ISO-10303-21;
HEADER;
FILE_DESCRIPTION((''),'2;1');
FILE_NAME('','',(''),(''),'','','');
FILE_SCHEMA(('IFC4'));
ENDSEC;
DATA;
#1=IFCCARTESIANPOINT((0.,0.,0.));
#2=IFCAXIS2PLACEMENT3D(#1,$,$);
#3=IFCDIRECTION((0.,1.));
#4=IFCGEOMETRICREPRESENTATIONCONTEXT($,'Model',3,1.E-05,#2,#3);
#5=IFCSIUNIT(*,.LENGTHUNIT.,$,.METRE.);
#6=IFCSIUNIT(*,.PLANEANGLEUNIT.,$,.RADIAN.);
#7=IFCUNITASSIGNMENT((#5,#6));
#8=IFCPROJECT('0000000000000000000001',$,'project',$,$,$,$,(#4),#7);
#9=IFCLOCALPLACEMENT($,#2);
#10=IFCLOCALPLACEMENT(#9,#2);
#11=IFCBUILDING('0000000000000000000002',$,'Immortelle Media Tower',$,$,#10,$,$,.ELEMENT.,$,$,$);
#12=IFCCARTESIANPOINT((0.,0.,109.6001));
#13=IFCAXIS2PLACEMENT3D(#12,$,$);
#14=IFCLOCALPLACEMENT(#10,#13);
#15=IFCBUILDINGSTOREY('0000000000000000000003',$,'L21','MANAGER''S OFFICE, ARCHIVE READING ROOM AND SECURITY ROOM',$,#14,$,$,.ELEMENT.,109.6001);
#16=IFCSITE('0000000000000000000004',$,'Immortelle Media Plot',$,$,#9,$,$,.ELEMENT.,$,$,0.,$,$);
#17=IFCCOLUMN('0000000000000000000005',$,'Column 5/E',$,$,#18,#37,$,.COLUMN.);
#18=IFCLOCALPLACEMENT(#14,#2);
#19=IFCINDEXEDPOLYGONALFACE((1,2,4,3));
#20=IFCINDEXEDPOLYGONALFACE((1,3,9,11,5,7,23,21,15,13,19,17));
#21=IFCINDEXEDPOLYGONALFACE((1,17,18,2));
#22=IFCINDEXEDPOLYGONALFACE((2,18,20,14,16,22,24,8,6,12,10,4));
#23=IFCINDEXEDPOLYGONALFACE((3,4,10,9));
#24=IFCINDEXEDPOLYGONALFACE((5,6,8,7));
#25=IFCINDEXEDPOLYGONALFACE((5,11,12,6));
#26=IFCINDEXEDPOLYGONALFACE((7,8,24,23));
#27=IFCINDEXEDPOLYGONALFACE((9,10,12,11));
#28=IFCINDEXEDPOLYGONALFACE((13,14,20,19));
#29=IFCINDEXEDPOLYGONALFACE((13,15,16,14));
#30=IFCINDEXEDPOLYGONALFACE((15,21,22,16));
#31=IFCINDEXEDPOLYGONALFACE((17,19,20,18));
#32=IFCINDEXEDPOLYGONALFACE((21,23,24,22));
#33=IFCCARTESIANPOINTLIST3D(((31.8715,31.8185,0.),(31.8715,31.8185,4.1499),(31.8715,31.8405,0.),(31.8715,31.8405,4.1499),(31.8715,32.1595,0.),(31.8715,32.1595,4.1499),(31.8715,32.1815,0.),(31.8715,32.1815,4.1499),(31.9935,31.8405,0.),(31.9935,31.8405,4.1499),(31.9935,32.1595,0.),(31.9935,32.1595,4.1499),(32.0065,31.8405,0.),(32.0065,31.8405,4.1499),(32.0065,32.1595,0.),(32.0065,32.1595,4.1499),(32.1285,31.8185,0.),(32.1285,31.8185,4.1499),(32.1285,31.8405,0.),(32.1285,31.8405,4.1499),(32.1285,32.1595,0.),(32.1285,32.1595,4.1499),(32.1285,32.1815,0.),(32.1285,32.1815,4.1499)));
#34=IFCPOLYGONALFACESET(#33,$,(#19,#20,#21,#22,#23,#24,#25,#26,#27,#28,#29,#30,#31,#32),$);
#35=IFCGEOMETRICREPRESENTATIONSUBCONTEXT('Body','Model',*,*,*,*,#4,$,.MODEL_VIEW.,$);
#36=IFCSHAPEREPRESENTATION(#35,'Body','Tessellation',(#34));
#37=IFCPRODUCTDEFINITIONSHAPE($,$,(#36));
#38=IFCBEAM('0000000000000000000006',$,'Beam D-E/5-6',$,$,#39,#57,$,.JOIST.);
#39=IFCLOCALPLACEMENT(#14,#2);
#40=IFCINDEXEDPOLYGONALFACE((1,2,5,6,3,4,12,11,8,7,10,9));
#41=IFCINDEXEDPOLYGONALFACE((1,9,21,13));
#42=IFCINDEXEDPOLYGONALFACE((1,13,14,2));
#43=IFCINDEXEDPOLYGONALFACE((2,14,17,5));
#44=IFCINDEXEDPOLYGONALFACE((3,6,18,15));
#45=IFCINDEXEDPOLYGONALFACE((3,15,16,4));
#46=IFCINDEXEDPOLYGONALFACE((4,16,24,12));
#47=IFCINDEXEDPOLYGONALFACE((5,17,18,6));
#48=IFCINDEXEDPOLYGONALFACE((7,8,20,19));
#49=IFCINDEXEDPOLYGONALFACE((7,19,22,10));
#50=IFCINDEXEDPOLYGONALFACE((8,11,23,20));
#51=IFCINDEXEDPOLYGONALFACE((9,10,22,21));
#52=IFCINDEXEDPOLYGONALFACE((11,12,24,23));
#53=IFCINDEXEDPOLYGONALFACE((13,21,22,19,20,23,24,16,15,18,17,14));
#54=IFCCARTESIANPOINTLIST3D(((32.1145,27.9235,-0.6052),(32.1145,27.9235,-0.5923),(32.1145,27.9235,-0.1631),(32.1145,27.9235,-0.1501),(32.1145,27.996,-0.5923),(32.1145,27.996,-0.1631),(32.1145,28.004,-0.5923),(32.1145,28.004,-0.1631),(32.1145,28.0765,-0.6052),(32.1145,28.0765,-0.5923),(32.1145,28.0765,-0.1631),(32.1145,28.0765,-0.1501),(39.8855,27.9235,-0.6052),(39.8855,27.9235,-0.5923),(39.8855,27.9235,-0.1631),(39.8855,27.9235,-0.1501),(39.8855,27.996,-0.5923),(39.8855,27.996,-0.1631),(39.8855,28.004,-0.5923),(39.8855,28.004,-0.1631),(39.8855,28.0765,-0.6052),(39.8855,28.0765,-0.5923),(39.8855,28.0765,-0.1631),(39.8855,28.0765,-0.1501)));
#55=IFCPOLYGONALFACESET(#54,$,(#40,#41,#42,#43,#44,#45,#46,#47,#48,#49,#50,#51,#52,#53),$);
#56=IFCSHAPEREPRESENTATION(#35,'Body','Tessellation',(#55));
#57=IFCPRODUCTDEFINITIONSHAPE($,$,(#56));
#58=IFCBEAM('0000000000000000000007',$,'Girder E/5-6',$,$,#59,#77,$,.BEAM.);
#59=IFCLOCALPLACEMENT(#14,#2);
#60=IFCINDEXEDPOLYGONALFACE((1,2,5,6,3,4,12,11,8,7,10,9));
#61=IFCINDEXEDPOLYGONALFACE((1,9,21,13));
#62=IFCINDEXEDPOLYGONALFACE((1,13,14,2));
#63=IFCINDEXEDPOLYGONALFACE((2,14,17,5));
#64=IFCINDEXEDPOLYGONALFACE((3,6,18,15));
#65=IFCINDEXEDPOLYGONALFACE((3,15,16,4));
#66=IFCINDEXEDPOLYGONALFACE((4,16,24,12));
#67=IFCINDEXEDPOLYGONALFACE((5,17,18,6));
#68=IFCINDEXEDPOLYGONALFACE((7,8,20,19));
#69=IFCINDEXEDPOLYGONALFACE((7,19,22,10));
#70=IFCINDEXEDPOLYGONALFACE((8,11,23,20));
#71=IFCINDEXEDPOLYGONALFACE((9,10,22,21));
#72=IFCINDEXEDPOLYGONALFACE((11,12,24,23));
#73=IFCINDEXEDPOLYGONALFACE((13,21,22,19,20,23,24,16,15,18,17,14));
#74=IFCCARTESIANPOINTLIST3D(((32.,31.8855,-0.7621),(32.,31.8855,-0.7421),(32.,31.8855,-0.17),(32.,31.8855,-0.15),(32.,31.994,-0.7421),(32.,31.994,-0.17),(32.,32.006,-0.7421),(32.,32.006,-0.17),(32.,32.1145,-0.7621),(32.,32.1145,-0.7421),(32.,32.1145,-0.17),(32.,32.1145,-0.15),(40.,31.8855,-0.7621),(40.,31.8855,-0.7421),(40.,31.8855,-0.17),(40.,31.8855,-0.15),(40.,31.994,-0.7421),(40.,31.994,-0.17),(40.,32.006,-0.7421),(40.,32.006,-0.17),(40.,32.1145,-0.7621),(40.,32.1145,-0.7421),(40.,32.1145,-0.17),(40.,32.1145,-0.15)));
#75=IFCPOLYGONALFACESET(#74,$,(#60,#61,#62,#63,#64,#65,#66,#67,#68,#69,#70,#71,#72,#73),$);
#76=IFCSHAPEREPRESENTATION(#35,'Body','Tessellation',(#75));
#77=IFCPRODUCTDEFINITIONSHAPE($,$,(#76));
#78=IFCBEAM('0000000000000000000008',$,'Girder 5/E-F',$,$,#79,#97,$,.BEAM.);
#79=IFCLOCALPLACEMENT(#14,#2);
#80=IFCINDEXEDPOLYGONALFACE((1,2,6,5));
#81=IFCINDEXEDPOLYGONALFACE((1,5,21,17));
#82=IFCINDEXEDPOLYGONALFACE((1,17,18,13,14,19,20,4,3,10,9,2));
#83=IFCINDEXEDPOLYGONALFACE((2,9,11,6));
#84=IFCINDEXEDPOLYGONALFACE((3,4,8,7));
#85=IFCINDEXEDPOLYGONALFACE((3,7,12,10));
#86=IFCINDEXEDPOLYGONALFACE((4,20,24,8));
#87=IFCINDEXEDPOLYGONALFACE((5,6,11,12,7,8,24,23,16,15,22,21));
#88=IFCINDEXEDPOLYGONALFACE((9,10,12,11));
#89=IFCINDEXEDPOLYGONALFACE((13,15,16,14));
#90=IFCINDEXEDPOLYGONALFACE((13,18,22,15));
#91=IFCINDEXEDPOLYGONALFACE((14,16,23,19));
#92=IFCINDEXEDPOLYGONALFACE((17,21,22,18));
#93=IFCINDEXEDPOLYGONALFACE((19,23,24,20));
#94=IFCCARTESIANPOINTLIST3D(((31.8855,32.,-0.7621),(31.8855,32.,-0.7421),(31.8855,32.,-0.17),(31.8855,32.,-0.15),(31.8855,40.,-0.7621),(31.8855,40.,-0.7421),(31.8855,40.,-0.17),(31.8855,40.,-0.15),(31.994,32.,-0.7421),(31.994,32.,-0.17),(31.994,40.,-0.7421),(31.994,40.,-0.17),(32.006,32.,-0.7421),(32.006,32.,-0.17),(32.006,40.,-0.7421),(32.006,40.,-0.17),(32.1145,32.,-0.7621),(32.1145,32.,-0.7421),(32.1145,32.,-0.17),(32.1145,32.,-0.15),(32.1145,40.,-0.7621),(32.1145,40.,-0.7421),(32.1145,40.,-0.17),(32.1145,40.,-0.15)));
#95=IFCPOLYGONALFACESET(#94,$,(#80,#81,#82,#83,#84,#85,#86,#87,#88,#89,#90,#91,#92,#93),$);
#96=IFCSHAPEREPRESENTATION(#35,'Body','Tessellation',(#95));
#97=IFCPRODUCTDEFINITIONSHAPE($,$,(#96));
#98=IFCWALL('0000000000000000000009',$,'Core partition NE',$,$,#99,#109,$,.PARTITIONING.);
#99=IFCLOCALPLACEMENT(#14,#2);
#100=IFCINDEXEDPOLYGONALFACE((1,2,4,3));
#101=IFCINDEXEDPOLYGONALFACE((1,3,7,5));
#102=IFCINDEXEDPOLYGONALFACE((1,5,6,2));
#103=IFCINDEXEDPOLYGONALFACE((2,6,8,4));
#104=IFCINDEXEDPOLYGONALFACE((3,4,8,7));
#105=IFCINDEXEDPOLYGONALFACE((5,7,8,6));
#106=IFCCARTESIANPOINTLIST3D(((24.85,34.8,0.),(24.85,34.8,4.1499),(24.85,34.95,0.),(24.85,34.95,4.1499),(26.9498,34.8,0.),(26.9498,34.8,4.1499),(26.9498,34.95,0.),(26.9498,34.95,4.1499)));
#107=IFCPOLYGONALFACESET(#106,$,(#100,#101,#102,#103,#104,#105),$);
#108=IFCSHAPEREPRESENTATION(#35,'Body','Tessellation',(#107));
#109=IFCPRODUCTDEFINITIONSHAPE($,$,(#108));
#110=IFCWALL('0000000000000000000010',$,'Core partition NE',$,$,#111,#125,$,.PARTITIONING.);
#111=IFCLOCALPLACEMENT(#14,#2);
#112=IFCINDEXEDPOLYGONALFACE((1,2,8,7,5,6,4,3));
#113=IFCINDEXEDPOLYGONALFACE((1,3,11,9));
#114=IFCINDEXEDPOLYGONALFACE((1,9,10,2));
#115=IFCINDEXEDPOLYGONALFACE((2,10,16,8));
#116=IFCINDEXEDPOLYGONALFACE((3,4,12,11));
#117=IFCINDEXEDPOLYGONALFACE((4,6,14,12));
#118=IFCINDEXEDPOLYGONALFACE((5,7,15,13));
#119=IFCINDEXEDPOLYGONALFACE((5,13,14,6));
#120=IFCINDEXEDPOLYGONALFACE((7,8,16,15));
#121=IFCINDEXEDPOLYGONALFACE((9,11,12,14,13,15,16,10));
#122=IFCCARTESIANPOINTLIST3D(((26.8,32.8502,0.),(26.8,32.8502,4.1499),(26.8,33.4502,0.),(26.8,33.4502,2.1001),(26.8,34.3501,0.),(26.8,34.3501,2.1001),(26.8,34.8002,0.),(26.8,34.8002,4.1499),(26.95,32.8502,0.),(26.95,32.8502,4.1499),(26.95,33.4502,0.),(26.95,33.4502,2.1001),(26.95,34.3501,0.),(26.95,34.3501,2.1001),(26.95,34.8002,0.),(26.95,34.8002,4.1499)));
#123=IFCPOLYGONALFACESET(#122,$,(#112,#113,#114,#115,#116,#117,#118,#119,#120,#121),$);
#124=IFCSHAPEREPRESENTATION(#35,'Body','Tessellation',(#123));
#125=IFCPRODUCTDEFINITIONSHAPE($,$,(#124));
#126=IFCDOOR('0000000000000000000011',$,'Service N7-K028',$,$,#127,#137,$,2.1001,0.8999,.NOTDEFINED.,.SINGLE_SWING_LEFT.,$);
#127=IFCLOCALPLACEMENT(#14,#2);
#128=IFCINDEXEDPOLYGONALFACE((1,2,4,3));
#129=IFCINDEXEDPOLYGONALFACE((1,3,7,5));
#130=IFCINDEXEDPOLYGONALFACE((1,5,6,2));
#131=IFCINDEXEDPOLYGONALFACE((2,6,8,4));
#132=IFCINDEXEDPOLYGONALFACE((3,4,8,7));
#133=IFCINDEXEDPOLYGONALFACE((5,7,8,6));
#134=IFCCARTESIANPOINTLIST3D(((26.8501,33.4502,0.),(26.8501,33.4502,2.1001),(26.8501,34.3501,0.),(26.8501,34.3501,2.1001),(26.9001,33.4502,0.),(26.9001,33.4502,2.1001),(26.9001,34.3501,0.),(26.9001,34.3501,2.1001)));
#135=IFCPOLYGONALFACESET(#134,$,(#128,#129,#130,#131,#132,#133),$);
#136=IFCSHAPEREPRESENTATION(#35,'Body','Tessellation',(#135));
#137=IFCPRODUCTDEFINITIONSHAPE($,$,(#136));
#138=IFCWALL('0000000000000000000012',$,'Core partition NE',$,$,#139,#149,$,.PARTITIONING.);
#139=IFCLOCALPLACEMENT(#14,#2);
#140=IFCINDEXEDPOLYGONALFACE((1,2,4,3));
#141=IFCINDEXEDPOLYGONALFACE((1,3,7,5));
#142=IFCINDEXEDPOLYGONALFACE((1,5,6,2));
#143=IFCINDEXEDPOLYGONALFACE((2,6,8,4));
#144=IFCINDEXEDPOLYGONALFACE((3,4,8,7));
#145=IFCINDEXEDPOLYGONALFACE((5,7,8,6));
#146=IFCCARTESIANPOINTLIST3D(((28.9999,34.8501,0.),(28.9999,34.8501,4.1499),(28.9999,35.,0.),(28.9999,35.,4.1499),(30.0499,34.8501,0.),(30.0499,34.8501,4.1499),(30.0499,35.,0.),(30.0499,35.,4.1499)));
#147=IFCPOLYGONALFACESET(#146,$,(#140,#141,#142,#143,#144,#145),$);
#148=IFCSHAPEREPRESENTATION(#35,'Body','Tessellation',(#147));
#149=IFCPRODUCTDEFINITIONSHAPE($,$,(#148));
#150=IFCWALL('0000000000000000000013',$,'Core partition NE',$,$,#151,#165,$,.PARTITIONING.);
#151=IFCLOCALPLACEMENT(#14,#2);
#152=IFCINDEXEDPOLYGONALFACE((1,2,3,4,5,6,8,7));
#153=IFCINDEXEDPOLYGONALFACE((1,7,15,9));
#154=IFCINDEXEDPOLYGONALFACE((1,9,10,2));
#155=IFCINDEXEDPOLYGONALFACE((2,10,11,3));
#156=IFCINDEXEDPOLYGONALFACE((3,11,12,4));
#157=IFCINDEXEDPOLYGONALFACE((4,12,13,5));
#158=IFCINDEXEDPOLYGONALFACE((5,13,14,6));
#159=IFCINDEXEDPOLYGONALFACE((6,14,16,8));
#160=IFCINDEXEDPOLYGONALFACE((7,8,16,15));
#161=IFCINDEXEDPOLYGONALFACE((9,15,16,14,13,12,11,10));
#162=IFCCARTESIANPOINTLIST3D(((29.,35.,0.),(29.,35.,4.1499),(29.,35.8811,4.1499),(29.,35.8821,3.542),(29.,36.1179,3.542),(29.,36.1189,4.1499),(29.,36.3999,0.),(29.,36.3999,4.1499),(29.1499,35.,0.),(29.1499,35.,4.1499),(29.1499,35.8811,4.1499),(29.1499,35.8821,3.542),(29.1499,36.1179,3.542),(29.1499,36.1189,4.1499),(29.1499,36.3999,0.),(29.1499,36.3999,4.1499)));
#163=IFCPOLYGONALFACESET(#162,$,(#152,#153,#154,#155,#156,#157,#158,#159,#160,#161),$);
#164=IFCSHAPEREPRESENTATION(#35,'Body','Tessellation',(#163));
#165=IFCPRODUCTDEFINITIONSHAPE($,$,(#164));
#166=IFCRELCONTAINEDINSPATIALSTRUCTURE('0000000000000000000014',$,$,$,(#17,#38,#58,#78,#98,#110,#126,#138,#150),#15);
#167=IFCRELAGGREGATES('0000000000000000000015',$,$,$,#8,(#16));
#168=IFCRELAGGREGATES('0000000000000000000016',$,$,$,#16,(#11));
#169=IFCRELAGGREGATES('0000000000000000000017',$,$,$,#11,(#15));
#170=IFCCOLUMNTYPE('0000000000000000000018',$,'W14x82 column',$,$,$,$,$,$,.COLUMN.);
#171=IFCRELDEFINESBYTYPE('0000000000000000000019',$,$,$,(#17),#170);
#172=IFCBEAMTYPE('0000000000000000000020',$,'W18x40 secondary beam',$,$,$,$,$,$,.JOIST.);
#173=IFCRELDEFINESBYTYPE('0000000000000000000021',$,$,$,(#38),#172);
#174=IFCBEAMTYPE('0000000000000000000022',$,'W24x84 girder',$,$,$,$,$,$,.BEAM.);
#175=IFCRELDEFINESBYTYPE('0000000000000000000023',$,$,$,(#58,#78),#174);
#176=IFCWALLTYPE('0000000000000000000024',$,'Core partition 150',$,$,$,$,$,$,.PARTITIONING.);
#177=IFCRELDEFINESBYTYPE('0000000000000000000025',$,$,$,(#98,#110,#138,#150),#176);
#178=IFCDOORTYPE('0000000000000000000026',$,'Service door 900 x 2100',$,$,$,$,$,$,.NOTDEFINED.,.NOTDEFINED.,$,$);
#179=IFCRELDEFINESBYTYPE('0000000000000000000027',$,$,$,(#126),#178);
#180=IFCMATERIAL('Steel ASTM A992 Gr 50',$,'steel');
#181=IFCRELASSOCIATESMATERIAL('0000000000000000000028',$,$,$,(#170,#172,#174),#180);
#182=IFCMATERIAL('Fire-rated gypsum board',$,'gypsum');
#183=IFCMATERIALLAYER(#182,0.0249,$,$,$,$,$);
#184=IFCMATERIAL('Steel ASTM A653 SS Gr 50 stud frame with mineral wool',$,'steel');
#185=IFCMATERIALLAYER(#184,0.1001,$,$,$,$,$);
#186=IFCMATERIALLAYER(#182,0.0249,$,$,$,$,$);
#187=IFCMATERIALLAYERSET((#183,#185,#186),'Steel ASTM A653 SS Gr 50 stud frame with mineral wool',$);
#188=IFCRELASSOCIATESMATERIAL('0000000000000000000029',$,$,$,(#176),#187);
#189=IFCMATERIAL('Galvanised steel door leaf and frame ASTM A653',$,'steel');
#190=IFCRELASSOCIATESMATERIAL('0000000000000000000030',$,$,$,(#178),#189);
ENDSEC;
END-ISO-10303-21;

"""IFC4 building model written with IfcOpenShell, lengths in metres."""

from ifc_helpers import new_model, si_unit, direction, frame, frame_2d, origin, origin_2d, place, context, subcontext, project, spatial, polyline, rectangle, i_section, outline, extrude, material, layer, layer_set, material_profile, profile_set, type_object, element, fill, save


model = new_model("IFC4")

# Units and contexts
model_context = context("Model", 3, precision=1e-05, world=origin(), true_north=direction((0.0, 1.0)))
body_context = subcontext(model_context, "Body", "Model", "MODEL_VIEW")
ifc_project = project(units=[si_unit("LENGTHUNIT", "METRE"), si_unit("PLANEANGLEUNIT", "RADIAN")], contexts=[model_context])

# Site, building, storey
site_placement = place(None, origin())
site = spatial("IfcSite", under=ifc_project, at=site_placement, Name="Immortelle Media Plot", CompositionType="ELEMENT", RefElevation=0.0)
building_placement = place(site_placement, origin())
building = spatial("IfcBuilding", under=site, at=building_placement, Name="Immortelle Media Tower", CompositionType="ELEMENT")
storey_placement = place(building_placement, frame((0.0, 0.0, 109.6001)))
storey = spatial("IfcBuildingStorey", under=building, at=storey_placement, Name="L21", Description="MANAGER'S OFFICE, ARCHIVE READING ROOM AND SECURITY ROOM", CompositionType="ELEMENT", Elevation=109.6001)

# Column
ifc_material_1 = material(Name="Steel ASTM A992 Gr 50", Category="steel")
ifc_material_profile_1 = material_profile(ifc_material_1, i_section(OverallWidth=0.2571, OverallDepth=0.363, WebThickness=0.0129, FlangeThickness=0.022, at=origin_2d()), Name="W14x82")
ifc_profile_set_1 = profile_set([ifc_material_profile_1], Name="Steel ASTM A992 Gr 50")
column_type = type_object("IfcColumnType", Name="W14x82 column", PredefinedType="COLUMN", material=ifc_profile_set_1)
column_placement = place(storey_placement, frame((32.0, 32.0, 0.0), z_axis=(0.0, 0.0, 1.0), x_axis=(1.0, 0.0, 0.0)))
element("IfcColumn", 1, at=column_placement, inside=storey, type_object=column_type, Name="Column 5/E", PredefinedType="COLUMN", context=body_context, shape_type="SweptSolid", body=[
    extrude(i_section(OverallWidth=0.2571, OverallDepth=0.363, WebThickness=0.0129, FlangeThickness=0.022, at=origin_2d()), origin(), (0.0, 0.0, 1.0), 4.1499),
])

# Beams
ifc_material_profile_2 = material_profile(ifc_material_1, i_section(OverallWidth=0.1531, OverallDepth=0.4551, WebThickness=0.0081, FlangeThickness=0.0129, at=origin_2d()), Name="W18x40")
ifc_profile_set_2 = profile_set([ifc_material_profile_2], Name="Steel ASTM A992 Gr 50")
beam_type_1 = type_object("IfcBeamType", Name="W18x40 secondary beam", PredefinedType="JOIST", material=ifc_profile_set_2)
beam_placement = place(storey_placement, frame((32.1145, 28.0, -0.3777), z_axis=(1.0, 0.0, 0.0), x_axis=(0.0, 1.0, 0.0)))
element("IfcBeam", 2, at=beam_placement, inside=storey, type_object=beam_type_1, Name="Beam D-E/5-6", PredefinedType="JOIST", context=body_context, shape_type="SweptSolid", body=[
    extrude(i_section(OverallWidth=0.1531, OverallDepth=0.4551, WebThickness=0.0081, FlangeThickness=0.0129, at=origin_2d()), origin(), (0.0, 0.0, 1.0), 7.771),
])
ifc_material_profile_3 = material_profile(ifc_material_1, i_section(OverallWidth=0.229, OverallDepth=0.6121, WebThickness=0.012, FlangeThickness=0.02, at=origin_2d()), Name="W24x84")
ifc_profile_set_3 = profile_set([ifc_material_profile_3], Name="Steel ASTM A992 Gr 50")
beam_type_2 = type_object("IfcBeamType", Name="W24x84 girder", PredefinedType="BEAM", material=ifc_profile_set_3)
for number, where, z_axis, x_axis, name in (
    (3, (32.0, 32.0, -0.4561), (1.0, 0.0, 0.0), (0.0, 1.0, 0.0), "Girder E/5-6"),
    (4, (32.0, 32.0, -0.4561), (0.0, 1.0, 0.0), (-1.0, 0.0, 0.0), "Girder 5/E-F"),
):
    element("IfcBeam", number, at=place(storey_placement, frame(where, z_axis=z_axis, x_axis=x_axis)), inside=storey, type_object=beam_type_2, Name=name, PredefinedType="BEAM", context=body_context, shape_type="SweptSolid", body=[
        extrude(i_section(OverallWidth=0.229, OverallDepth=0.6121, WebThickness=0.012, FlangeThickness=0.02, at=origin_2d()), origin(), (0.0, 0.0, 1.0), 8.0),
    ])

# Wall
ifc_material_2 = material(Name="Fire-rated gypsum board", Category="gypsum")
ifc_layer_1 = layer(ifc_material_2, 0.0249)
ifc_material_3 = material(Name="Steel ASTM A653 SS Gr 50 stud frame with mineral wool", Category="steel")
ifc_layer_2 = layer(ifc_material_3, 0.1001)
ifc_layer_3 = layer(ifc_material_2, 0.0249)
ifc_layer_set_1 = layer_set([ifc_layer_1, ifc_layer_2, ifc_layer_3], Name="Steel ASTM A653 SS Gr 50 stud frame with mineral wool")
wall_type_1 = type_object("IfcWallType", Name="Core partition 150", PredefinedType="PARTITIONING", material=ifc_layer_set_1)
wall_1_placement = place(storey_placement, frame((24.8501, 34.875, 0.0), z_axis=(0.0, 0.0, 1.0), x_axis=(1.0, 0.0, 0.0)))
element("IfcWall", 5, at=wall_1_placement, inside=storey, type_object=wall_type_1, Name="Core partition NE", PredefinedType="PARTITIONING", context=body_context, shape_type="SweptSolid", body=[
    extrude(rectangle(XDim=2.0999, YDim=0.1499, at=frame_2d((1.0498, 0.0))), origin(), (0.0, 0.0, 1.0), 4.1499),
])

# Wall, opening, door
wall_2_placement = place(storey_placement, frame((26.875, 32.8501, 0.0), z_axis=(0.0, 0.0, 1.0), x_axis=(0.0, 1.0, 0.0)))
wall_2 = element("IfcWall", 6, at=wall_2_placement, inside=storey, type_object=wall_type_1, Name="Core partition NE", PredefinedType="PARTITIONING", context=body_context, shape_type="SweptSolid", body=[
    extrude(rectangle(XDim=1.95, YDim=0.1499, at=frame_2d((0.9751, 0.0))), origin(), (0.0, 0.0, 1.0), 4.1499),
])
opening_1_placement = place(wall_2_placement, frame((0.6001, 0.0, 0.0)))
opening_1 = element("IfcOpeningElement", 7, at=opening_1_placement, cuts=wall_2, PredefinedType="OPENING", context=body_context, shape_type="SweptSolid", body=[
    extrude(rectangle(XDim=0.8999, YDim=2.1001, at=frame_2d((0.45, 1.05))), frame((0.0, 0.085, 0.0), z_axis=(0.0, -1.0, 0.0), x_axis=(1.0, 0.0, 0.0)), (0.0, 0.0, 1.0), 0.1699),
])
ifc_material_4 = material(Name="Galvanised steel door leaf and frame ASTM A653", Category="steel")
door_type_1 = type_object("IfcDoorType", Name="Service door 900 x 2100", OperationType="NOTDEFINED", PredefinedType="NOTDEFINED", material=ifc_material_4)
door_1_placement = place(opening_1_placement, origin())
door_1 = element("IfcDoor", 8, at=door_1_placement, inside=storey, type_object=door_type_1, Name="Service N7-K028", OperationType="SINGLE_SWING_LEFT", OverallHeight=2.1001, OverallWidth=0.8999, PredefinedType="NOTDEFINED", context=body_context, shape_type="SweptSolid", body=[
    extrude(rectangle(XDim=0.8999, YDim=2.1001, at=frame_2d((0.45, 1.05))), frame((0.0, 0.0249, 0.0), z_axis=(0.0, -1.0, 0.0), x_axis=(1.0, 0.0, 0.0)), (0.0, 0.0, 1.0), 0.05),
])
fill(opening_1, door_1)

# Walls
wall_3_placement = place(storey_placement, frame((29.0, 34.925, 0.0), z_axis=(0.0, 0.0, 1.0), x_axis=(1.0, 0.0, 0.0)))
element("IfcWall", 9, at=wall_3_placement, inside=storey, type_object=wall_type_1, Name="Core partition NE", PredefinedType="PARTITIONING", context=body_context, shape_type="SweptSolid", body=[
    extrude(rectangle(XDim=1.05, YDim=0.1499, at=frame_2d((0.5249, 0.0))), origin(), (0.0, 0.0, 1.0), 4.1499),
])
wall_4_placement = place(storey_placement, frame((29.075, 35.0, 0.0), z_axis=(0.0, 0.0, 1.0), x_axis=(0.0, 1.0, 0.0)))
element("IfcWall", 10, at=wall_4_placement, inside=storey, type_object=wall_type_1, Name="Core partition NE", PredefinedType="PARTITIONING", context=body_context, shape_type="SweptSolid", body=[
    extrude(outline(polyline([(0.0, 0.0), (1.3999, 0.0), (1.3999, 4.1499), (1.1189, 4.1499), (1.1179, 3.542), (0.8821, 3.542), (0.8811, 4.1499), (0.0, 4.1499), (0.0, 0.0)])), frame((0.0, 0.075, 0.0), z_axis=(0.0, -1.0, 0.0), x_axis=(1.0, 0.0, 0.0)), (0.0, 0.0, 1.0), 0.1499),
])

save(model, "model.ifc")
